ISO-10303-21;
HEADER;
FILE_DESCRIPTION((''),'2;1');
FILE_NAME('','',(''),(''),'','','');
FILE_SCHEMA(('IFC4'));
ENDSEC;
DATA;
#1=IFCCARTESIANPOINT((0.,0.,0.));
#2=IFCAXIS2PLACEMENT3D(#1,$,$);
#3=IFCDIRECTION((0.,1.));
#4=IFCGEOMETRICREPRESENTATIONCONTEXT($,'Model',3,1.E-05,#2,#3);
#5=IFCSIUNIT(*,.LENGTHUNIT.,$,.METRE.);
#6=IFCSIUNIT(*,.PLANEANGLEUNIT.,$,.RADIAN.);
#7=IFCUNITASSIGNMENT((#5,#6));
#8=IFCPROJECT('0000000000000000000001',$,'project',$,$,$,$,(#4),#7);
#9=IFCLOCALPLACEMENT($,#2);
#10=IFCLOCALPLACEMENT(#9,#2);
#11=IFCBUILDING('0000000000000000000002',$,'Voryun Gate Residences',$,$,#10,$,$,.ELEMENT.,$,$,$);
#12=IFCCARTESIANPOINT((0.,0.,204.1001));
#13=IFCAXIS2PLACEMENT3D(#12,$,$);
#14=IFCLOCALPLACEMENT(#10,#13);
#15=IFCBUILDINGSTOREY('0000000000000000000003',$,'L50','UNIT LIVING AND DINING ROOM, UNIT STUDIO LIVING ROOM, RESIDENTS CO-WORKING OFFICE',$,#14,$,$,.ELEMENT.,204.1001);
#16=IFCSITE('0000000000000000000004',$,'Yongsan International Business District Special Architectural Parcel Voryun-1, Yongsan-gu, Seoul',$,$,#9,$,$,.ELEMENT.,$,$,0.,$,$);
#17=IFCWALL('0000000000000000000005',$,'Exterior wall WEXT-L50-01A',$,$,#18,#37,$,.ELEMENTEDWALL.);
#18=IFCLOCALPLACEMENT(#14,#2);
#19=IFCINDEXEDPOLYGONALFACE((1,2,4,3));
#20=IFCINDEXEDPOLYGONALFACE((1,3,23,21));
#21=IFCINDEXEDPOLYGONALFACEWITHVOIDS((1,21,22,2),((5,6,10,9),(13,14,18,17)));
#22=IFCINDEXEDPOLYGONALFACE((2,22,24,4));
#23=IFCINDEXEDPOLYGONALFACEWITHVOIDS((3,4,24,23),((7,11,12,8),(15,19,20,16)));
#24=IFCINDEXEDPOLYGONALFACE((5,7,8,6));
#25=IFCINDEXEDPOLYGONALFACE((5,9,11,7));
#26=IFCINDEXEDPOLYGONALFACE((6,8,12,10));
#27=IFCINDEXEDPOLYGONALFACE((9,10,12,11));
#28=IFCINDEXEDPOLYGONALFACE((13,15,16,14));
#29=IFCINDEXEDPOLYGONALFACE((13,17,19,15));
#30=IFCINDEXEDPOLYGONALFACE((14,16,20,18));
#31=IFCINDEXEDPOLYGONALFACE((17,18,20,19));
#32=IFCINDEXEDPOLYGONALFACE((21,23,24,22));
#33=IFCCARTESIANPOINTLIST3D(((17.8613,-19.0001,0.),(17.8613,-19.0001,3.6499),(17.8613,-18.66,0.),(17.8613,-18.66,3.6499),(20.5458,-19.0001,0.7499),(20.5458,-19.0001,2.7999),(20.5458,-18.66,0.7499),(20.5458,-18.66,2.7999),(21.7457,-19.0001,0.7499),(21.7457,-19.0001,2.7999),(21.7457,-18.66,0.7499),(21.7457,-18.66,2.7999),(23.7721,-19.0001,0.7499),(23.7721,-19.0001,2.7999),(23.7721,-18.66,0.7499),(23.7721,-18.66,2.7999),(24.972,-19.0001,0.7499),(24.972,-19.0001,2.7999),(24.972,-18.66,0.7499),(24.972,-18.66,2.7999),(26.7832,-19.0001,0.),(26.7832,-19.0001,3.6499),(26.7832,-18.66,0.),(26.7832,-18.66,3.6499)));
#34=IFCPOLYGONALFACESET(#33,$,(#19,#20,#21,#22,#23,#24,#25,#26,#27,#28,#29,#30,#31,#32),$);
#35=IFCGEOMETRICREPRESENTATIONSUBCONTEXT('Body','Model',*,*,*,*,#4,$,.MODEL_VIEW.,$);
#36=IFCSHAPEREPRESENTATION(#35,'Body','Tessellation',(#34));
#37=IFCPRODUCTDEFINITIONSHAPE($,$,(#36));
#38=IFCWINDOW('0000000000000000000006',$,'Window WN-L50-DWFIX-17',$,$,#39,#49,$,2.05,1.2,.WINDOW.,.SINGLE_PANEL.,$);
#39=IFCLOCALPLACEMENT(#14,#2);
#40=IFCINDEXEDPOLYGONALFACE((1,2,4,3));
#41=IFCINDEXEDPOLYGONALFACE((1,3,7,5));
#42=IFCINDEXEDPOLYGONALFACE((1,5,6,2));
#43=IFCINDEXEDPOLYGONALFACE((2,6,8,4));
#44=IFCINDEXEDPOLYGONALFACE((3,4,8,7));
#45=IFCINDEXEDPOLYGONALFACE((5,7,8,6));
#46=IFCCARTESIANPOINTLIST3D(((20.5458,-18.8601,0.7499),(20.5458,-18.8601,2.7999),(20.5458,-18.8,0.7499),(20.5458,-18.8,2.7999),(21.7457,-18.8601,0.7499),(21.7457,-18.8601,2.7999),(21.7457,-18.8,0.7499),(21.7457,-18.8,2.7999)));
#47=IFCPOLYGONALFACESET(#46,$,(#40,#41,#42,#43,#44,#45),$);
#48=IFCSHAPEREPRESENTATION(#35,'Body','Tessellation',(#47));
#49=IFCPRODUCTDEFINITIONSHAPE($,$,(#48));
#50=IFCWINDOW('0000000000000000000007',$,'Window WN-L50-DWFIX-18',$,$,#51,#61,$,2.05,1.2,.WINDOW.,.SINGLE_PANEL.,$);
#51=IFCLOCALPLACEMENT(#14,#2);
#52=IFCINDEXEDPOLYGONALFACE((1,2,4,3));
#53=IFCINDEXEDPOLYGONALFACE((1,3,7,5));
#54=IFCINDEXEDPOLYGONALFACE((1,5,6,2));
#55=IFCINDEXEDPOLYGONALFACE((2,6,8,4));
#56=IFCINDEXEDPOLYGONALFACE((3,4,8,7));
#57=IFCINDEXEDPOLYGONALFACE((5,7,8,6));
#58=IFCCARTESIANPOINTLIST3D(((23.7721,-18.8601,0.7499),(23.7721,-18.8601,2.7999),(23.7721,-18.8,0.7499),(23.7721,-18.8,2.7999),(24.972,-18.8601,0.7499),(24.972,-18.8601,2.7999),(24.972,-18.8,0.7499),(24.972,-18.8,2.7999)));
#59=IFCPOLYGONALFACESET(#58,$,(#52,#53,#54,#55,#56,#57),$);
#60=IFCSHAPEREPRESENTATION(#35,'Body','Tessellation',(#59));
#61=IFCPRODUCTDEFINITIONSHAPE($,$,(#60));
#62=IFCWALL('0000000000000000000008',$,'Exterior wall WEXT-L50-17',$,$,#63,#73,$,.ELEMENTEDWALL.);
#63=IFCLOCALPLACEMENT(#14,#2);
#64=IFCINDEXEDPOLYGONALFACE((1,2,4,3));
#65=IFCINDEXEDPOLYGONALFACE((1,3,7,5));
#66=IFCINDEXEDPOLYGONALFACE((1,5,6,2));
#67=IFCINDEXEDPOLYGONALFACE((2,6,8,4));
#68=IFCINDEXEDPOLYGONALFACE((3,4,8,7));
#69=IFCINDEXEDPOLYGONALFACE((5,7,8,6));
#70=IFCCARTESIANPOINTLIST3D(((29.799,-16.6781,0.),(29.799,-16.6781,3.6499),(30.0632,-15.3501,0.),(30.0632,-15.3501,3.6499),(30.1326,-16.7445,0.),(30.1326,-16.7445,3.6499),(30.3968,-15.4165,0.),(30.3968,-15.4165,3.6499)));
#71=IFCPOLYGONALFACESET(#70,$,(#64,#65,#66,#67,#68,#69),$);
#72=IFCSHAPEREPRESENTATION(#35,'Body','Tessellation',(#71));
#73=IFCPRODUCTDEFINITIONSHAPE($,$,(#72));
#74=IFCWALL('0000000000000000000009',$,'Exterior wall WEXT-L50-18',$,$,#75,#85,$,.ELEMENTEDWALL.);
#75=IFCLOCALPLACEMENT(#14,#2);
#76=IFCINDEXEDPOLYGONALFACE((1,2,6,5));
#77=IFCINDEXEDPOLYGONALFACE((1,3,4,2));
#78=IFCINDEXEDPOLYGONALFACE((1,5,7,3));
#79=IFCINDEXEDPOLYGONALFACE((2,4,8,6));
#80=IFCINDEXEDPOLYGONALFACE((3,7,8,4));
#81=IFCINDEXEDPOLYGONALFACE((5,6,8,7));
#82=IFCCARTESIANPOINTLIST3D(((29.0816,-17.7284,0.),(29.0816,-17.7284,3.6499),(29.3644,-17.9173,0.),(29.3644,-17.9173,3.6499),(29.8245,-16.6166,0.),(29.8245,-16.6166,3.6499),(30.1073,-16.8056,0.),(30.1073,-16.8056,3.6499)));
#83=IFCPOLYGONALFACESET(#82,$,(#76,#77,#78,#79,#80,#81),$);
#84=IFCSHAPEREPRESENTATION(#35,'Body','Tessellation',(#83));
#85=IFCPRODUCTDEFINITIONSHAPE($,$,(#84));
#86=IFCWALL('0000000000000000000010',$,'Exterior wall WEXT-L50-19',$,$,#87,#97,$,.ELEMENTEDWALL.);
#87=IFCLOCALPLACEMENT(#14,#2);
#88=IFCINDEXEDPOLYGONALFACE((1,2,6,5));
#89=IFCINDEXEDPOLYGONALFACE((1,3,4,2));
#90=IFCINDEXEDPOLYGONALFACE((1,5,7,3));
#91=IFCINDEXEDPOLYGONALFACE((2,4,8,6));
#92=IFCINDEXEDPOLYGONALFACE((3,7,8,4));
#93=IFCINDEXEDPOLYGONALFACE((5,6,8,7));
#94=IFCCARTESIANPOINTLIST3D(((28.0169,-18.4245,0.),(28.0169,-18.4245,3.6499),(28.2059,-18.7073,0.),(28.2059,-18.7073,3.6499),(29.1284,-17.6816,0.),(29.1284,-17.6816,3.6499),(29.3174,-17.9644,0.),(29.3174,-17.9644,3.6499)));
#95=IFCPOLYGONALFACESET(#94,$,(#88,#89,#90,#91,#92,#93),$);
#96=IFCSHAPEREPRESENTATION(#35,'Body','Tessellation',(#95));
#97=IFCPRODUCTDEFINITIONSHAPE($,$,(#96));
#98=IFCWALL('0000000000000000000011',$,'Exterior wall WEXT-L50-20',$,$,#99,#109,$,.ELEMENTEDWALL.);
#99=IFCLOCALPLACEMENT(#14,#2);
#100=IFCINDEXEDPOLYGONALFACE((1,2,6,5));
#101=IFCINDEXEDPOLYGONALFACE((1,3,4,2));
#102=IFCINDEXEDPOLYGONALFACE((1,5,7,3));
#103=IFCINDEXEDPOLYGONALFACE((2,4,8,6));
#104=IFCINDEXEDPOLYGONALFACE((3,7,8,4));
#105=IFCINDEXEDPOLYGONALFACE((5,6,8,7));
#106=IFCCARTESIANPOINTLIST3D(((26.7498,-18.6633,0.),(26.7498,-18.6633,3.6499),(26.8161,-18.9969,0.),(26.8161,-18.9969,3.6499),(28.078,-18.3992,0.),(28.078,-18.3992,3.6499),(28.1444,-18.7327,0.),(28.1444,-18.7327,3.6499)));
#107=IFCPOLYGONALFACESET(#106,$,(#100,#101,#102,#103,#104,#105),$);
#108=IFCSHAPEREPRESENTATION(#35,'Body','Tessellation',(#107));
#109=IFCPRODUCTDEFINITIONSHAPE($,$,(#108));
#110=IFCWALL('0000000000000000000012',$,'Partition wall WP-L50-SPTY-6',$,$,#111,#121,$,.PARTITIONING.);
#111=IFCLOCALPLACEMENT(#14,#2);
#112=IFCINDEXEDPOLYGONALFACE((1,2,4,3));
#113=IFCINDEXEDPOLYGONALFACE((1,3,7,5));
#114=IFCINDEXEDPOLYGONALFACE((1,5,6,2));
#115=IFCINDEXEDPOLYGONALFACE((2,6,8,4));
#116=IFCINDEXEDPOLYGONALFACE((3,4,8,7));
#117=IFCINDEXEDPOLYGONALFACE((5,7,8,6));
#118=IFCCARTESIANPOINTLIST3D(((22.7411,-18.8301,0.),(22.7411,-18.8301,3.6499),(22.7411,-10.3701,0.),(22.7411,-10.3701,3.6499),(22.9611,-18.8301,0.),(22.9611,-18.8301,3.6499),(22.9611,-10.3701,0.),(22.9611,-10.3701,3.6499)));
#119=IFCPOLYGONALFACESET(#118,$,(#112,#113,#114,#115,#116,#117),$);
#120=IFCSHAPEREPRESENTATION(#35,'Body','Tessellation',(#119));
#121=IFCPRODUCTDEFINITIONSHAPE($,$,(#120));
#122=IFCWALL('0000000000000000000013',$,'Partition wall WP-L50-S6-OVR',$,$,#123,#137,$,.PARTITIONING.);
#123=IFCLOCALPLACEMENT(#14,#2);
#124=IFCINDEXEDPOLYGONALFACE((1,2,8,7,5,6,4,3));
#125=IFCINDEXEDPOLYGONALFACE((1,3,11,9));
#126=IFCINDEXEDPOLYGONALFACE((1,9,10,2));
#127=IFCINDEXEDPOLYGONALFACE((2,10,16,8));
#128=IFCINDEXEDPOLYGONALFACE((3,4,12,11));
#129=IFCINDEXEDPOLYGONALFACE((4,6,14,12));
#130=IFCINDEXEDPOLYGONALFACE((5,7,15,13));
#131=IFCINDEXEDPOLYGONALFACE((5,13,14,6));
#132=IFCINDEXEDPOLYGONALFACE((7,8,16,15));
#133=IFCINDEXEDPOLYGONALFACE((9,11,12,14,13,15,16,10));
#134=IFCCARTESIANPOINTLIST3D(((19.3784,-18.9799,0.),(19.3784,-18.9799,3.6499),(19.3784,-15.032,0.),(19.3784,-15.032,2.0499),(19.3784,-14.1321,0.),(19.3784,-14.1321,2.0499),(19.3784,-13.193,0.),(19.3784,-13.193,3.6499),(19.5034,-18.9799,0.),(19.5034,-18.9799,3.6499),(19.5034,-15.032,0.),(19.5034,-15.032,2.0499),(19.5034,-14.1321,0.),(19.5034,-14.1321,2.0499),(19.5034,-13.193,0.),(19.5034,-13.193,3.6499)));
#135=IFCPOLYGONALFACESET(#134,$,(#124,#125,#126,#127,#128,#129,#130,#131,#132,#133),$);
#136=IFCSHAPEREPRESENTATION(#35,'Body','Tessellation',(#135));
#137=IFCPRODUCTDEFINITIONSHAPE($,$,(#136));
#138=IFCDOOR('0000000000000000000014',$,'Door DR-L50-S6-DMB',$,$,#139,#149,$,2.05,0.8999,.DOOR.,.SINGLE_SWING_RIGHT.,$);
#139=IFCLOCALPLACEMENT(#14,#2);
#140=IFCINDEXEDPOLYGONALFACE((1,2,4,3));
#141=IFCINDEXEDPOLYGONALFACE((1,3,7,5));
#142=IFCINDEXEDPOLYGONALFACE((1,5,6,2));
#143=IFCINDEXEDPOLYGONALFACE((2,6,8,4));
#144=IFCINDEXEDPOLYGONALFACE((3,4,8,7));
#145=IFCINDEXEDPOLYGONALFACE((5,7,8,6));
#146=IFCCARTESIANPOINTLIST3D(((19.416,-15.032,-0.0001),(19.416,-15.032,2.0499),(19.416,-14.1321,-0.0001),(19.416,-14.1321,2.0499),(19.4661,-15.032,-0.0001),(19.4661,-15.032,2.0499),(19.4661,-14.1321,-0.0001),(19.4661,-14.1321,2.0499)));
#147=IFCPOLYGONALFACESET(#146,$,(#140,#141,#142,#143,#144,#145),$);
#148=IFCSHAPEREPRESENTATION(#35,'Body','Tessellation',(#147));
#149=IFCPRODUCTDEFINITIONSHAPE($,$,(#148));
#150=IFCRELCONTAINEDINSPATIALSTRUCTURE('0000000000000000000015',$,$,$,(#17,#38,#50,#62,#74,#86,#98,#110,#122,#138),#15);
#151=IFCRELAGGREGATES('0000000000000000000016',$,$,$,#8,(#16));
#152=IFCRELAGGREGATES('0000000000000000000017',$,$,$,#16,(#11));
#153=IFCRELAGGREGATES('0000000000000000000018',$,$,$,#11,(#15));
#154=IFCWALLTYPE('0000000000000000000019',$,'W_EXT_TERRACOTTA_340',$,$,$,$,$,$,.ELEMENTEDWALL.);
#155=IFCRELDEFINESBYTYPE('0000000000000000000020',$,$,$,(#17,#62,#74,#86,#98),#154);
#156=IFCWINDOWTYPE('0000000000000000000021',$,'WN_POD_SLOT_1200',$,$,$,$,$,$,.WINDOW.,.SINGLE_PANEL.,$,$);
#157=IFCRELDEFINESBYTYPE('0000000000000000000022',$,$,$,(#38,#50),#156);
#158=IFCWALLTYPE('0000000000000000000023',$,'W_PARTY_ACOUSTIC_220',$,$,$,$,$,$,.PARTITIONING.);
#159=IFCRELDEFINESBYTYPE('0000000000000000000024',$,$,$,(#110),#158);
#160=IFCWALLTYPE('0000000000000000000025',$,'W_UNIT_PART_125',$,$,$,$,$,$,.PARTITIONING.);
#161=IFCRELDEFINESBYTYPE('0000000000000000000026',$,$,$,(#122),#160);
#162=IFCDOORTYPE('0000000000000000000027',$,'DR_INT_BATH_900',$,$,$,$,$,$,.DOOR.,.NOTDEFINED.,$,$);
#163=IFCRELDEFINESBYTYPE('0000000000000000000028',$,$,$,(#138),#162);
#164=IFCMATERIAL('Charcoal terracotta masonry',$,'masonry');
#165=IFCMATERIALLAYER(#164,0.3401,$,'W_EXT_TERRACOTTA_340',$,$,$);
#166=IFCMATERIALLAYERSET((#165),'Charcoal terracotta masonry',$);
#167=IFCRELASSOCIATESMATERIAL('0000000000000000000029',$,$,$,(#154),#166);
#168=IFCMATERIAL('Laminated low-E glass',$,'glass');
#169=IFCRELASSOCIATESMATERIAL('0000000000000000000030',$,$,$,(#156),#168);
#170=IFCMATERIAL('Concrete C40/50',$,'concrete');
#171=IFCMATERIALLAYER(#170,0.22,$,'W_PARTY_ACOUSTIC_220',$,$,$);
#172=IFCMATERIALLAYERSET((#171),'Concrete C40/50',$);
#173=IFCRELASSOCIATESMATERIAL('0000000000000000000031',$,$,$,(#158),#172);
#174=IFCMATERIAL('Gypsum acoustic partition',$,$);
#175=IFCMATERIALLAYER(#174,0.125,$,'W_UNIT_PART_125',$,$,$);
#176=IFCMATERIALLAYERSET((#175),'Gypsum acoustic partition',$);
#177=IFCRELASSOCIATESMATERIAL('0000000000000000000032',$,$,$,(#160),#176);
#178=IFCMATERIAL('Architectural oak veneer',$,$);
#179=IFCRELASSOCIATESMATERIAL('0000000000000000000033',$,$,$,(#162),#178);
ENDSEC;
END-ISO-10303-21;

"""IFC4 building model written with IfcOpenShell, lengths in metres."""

from ifc_helpers import new_model, si_unit, direction, frame, frame_2d, origin, place, context, subcontext, project, spatial, rectangle, extrude, material, layer, layer_set, type_object, element, fill, save


model = new_model("IFC4")

# Units and contexts
model_context = context("Model", 3, precision=1e-05, world=origin(), true_north=direction((0.0, 1.0)))
body_context = subcontext(model_context, "Body", "Model", "MODEL_VIEW")
ifc_project = project(units=[si_unit("LENGTHUNIT", "METRE"), si_unit("PLANEANGLEUNIT", "RADIAN")], contexts=[model_context])

# Site, building, storey
site_placement = place(None, origin())
site = spatial("IfcSite", under=ifc_project, at=site_placement, Name="Yongsan International Business District Special Architectural Parcel Voryun-1, Yongsan-gu, Seoul", CompositionType="ELEMENT", RefElevation=0.0)
building_placement = place(site_placement, origin())
building = spatial("IfcBuilding", under=site, at=building_placement, Name="Voryun Gate Residences", CompositionType="ELEMENT")
storey_placement = place(building_placement, frame((0.0, 0.0, 204.1001)))
storey = spatial("IfcBuildingStorey", under=building, at=storey_placement, Name="L50", Description="UNIT LIVING AND DINING ROOM, UNIT STUDIO LIVING ROOM, RESIDENTS CO-WORKING OFFICE", CompositionType="ELEMENT", Elevation=204.1001)

# Wall, openings, windows
ifc_material_1 = material(Name="Charcoal terracotta masonry", Category="masonry")
ifc_layer_1 = layer(ifc_material_1, 0.3401, Name="W_EXT_TERRACOTTA_340")
ifc_layer_set_1 = layer_set([ifc_layer_1], Name="Charcoal terracotta masonry")
wall_type_1 = type_object("IfcWallType", Name="W_EXT_TERRACOTTA_340", PredefinedType="ELEMENTEDWALL", material=ifc_layer_set_1)
wall_1_placement = place(storey_placement, frame((26.7832, -18.8301, 0.0), z_axis=(0.0, 0.0, 1.0), x_axis=(-1.0, 0.0, 0.0)))
wall_1 = element("IfcWall", 1, at=wall_1_placement, inside=storey, type_object=wall_type_1, Name="Exterior wall WEXT-L50-01A", PredefinedType="ELEMENTEDWALL", context=body_context, shape_type="SweptSolid", body=[
    extrude(rectangle(XDim=8.9219, YDim=0.3401, at=frame_2d((4.4609, 0.0))), origin(), (0.0, 0.0, 1.0), 3.6499),
])
opening_1_placement = place(wall_1_placement, frame((5.0374, 0.0, 0.75)))
opening_1 = element("IfcOpeningElement", 2, at=opening_1_placement, cuts=wall_1, PredefinedType="OPENING", context=body_context, shape_type="SweptSolid", body=[
    extrude(rectangle(XDim=1.2, YDim=2.05, at=frame_2d((0.6001, 1.0249))), frame((0.0, 0.1799, 0.0), z_axis=(0.0, -1.0, 0.0), x_axis=(1.0, 0.0, 0.0)), (0.0, 0.0, 1.0), 0.3601),
])
opening_2_placement = place(wall_1_placement, frame((1.811, 0.0, 0.75)))
opening_2 = element("IfcOpeningElement", 3, at=opening_2_placement, cuts=wall_1, PredefinedType="OPENING", context=body_context, shape_type="SweptSolid", body=[
    extrude(rectangle(XDim=1.2, YDim=2.05, at=frame_2d((0.6001, 1.0249))), frame((0.0, 0.1799, 0.0), z_axis=(0.0, -1.0, 0.0), x_axis=(1.0, 0.0, 0.0)), (0.0, 0.0, 1.0), 0.3601),
])
ifc_material_2 = material(Name="Laminated low-E glass", Category="glass")
window_type = type_object("IfcWindowType", Name="WN_POD_SLOT_1200", PartitioningType="SINGLE_PANEL", PredefinedType="WINDOW", material=ifc_material_2)
window_1_placement = place(opening_1_placement, origin())
window_1 = element("IfcWindow", 4, at=window_1_placement, inside=storey, type_object=window_type, Name="Window WN-L50-DWFIX-17", OverallHeight=2.05, OverallWidth=1.2, PartitioningType="SINGLE_PANEL", PredefinedType="WINDOW", context=body_context, shape_type="SweptSolid", body=[
    extrude(rectangle(XDim=1.2, YDim=2.05, at=frame_2d((0.6001, 1.0249))), frame((0.0, 0.03, 0.0), z_axis=(0.0, -1.0, 0.0), x_axis=(1.0, 0.0, 0.0)), (0.0, 0.0, 1.0), 0.0601),
])
fill(opening_1, window_1)
window_2_placement = place(opening_2_placement, origin())
window_2 = element("IfcWindow", 5, at=window_2_placement, inside=storey, type_object=window_type, Name="Window WN-L50-DWFIX-18", OverallHeight=2.05, OverallWidth=1.2, PartitioningType="SINGLE_PANEL", PredefinedType="WINDOW", context=body_context, shape_type="SweptSolid", body=[
    extrude(rectangle(XDim=1.2, YDim=2.05, at=frame_2d((0.6001, 1.0249))), frame((0.0, 0.03, 0.0), z_axis=(0.0, -1.0, 0.0), x_axis=(1.0, 0.0, 0.0)), (0.0, 0.0, 1.0), 0.0601),
])
fill(opening_2, window_2)

# Walls
wall_2_placement = place(storey_placement, frame((30.23, -15.3833, 0.0), z_axis=(0.0, 0.0, 1.0), x_axis=(-0.19511, -0.980781, 0.0)))
element("IfcWall", 6, at=wall_2_placement, inside=storey, type_object=wall_type_1, Name="Exterior wall WEXT-L50-17", PredefinedType="ELEMENTEDWALL", context=body_context, shape_type="SweptSolid", body=[
    extrude(rectangle(XDim=1.354, YDim=0.3401, at=frame_2d((0.677, 0.0))), origin(), (0.0, 0.0, 1.0), 3.6499),
])
wall_3_placement = place(storey_placement, frame((29.9658, -16.7112, 0.0), z_axis=(0.0, 0.0, 1.0), x_axis=(-0.555585, -0.83146, 0.0)))
element("IfcWall", 7, at=wall_3_placement, inside=storey, type_object=wall_type_1, Name="Exterior wall WEXT-L50-18", PredefinedType="ELEMENTEDWALL", context=body_context, shape_type="SweptSolid", body=[
    extrude(rectangle(XDim=1.3372, YDim=0.3401, at=frame_2d((0.6685, 0.0))), origin(), (0.0, 0.0, 1.0), 3.6499),
])
wall_4_placement = place(storey_placement, frame((29.2229, -17.823, 0.0), z_axis=(0.0, 0.0, 1.0), x_axis=(-0.831404, -0.555669, 0.0)))
element("IfcWall", 8, at=wall_4_placement, inside=storey, type_object=wall_type_1, Name="Exterior wall WEXT-L50-19", PredefinedType="ELEMENTEDWALL", context=body_context, shape_type="SweptSolid", body=[
    extrude(rectangle(XDim=1.3369, YDim=0.3401, at=frame_2d((0.6685, 0.0))), origin(), (0.0, 0.0, 1.0), 3.6499),
])
wall_5_placement = place(storey_placement, frame((28.1113, -18.5659, 0.0), z_axis=(0.0, 0.0, 1.0), x_axis=(-0.980788, -0.195076, 0.0)))
element("IfcWall", 9, at=wall_5_placement, inside=storey, type_object=wall_type_1, Name="Exterior wall WEXT-L50-20", PredefinedType="ELEMENTEDWALL", context=body_context, shape_type="SweptSolid", body=[
    extrude(rectangle(XDim=1.3542, YDim=0.3401, at=frame_2d((0.6772, 0.0))), origin(), (0.0, 0.0, 1.0), 3.6499),
])
ifc_material_3 = material(Name="Concrete C40/50", Category="concrete")
ifc_layer_2 = layer(ifc_material_3, 0.22, Name="W_PARTY_ACOUSTIC_220")
ifc_layer_set_2 = layer_set([ifc_layer_2], Name="Concrete C40/50")
wall_type_2 = type_object("IfcWallType", Name="W_PARTY_ACOUSTIC_220", PredefinedType="PARTITIONING", material=ifc_layer_set_2)
wall_6_placement = place(storey_placement, frame((22.8511, -18.8301, 0.0), z_axis=(0.0, 0.0, 1.0), x_axis=(0.0, 1.0, 0.0)))
element("IfcWall", 10, at=wall_6_placement, inside=storey, type_object=wall_type_2, Name="Partition wall WP-L50-SPTY-6", PredefinedType="PARTITIONING", context=body_context, shape_type="SweptSolid", body=[
    extrude(rectangle(XDim=8.46, YDim=0.22, at=frame_2d((4.23, 0.0))), origin(), (0.0, 0.0, 1.0), 3.6499),
])

# Wall, opening, door
ifc_material_4 = material(Name="Gypsum acoustic partition")
ifc_layer_3 = layer(ifc_material_4, 0.125, Name="W_UNIT_PART_125")
ifc_layer_set_3 = layer_set([ifc_layer_3], Name="Gypsum acoustic partition")
wall_type_3 = type_object("IfcWallType", Name="W_UNIT_PART_125", PredefinedType="PARTITIONING", material=ifc_layer_set_3)
wall_7_placement = place(storey_placement, frame((19.4409, -18.98, 0.0), z_axis=(0.0, 0.0, 1.0), x_axis=(0.0, 1.0, 0.0)))
wall_7 = element("IfcWall", 11, at=wall_7_placement, inside=storey, type_object=wall_type_3, Name="Partition wall WP-L50-S6-OVR", PredefinedType="PARTITIONING", context=body_context, shape_type="SweptSolid", body=[
    extrude(rectangle(XDim=5.7869, YDim=0.125, at=frame_2d((2.8936, 0.0))), origin(), (0.0, 0.0, 1.0), 3.6499),
])
opening_3_placement = place(wall_7_placement, frame((3.948, 0.0, 0.0)))
opening_3 = element("IfcOpeningElement", 12, at=opening_3_placement, cuts=wall_7, PredefinedType="OPENING", context=body_context, shape_type="SweptSolid", body=[
    extrude(rectangle(XDim=0.8999, YDim=2.05, at=frame_2d((0.45, 1.0249))), frame((0.0, 0.0725, 0.0), z_axis=(0.0, -1.0, 0.0), x_axis=(1.0, 0.0, 0.0)), (0.0, 0.0, 1.0), 0.145),
])
ifc_material_5 = material(Name="Architectural oak veneer")
door_type_1 = type_object("IfcDoorType", Name="DR_INT_BATH_900", OperationType="NOTDEFINED", PredefinedType="DOOR", material=ifc_material_5)
door_1_placement = place(opening_3_placement, origin())
door_1 = element("IfcDoor", 13, at=door_1_placement, inside=storey, type_object=door_type_1, Name="Door DR-L50-S6-DMB", OperationType="SINGLE_SWING_RIGHT", OverallHeight=2.05, OverallWidth=0.8999, PredefinedType="DOOR", context=body_context, shape_type="SweptSolid", body=[
    extrude(rectangle(XDim=0.8999, YDim=2.05, at=frame_2d((0.45, 1.0249))), frame((0.0, 0.0249, 0.0), z_axis=(0.0, -1.0, 0.0), x_axis=(1.0, 0.0, 0.0)), (0.0, 0.0, 1.0), 0.05),
])
fill(opening_3, door_1)

save(model, "model.ifc")
